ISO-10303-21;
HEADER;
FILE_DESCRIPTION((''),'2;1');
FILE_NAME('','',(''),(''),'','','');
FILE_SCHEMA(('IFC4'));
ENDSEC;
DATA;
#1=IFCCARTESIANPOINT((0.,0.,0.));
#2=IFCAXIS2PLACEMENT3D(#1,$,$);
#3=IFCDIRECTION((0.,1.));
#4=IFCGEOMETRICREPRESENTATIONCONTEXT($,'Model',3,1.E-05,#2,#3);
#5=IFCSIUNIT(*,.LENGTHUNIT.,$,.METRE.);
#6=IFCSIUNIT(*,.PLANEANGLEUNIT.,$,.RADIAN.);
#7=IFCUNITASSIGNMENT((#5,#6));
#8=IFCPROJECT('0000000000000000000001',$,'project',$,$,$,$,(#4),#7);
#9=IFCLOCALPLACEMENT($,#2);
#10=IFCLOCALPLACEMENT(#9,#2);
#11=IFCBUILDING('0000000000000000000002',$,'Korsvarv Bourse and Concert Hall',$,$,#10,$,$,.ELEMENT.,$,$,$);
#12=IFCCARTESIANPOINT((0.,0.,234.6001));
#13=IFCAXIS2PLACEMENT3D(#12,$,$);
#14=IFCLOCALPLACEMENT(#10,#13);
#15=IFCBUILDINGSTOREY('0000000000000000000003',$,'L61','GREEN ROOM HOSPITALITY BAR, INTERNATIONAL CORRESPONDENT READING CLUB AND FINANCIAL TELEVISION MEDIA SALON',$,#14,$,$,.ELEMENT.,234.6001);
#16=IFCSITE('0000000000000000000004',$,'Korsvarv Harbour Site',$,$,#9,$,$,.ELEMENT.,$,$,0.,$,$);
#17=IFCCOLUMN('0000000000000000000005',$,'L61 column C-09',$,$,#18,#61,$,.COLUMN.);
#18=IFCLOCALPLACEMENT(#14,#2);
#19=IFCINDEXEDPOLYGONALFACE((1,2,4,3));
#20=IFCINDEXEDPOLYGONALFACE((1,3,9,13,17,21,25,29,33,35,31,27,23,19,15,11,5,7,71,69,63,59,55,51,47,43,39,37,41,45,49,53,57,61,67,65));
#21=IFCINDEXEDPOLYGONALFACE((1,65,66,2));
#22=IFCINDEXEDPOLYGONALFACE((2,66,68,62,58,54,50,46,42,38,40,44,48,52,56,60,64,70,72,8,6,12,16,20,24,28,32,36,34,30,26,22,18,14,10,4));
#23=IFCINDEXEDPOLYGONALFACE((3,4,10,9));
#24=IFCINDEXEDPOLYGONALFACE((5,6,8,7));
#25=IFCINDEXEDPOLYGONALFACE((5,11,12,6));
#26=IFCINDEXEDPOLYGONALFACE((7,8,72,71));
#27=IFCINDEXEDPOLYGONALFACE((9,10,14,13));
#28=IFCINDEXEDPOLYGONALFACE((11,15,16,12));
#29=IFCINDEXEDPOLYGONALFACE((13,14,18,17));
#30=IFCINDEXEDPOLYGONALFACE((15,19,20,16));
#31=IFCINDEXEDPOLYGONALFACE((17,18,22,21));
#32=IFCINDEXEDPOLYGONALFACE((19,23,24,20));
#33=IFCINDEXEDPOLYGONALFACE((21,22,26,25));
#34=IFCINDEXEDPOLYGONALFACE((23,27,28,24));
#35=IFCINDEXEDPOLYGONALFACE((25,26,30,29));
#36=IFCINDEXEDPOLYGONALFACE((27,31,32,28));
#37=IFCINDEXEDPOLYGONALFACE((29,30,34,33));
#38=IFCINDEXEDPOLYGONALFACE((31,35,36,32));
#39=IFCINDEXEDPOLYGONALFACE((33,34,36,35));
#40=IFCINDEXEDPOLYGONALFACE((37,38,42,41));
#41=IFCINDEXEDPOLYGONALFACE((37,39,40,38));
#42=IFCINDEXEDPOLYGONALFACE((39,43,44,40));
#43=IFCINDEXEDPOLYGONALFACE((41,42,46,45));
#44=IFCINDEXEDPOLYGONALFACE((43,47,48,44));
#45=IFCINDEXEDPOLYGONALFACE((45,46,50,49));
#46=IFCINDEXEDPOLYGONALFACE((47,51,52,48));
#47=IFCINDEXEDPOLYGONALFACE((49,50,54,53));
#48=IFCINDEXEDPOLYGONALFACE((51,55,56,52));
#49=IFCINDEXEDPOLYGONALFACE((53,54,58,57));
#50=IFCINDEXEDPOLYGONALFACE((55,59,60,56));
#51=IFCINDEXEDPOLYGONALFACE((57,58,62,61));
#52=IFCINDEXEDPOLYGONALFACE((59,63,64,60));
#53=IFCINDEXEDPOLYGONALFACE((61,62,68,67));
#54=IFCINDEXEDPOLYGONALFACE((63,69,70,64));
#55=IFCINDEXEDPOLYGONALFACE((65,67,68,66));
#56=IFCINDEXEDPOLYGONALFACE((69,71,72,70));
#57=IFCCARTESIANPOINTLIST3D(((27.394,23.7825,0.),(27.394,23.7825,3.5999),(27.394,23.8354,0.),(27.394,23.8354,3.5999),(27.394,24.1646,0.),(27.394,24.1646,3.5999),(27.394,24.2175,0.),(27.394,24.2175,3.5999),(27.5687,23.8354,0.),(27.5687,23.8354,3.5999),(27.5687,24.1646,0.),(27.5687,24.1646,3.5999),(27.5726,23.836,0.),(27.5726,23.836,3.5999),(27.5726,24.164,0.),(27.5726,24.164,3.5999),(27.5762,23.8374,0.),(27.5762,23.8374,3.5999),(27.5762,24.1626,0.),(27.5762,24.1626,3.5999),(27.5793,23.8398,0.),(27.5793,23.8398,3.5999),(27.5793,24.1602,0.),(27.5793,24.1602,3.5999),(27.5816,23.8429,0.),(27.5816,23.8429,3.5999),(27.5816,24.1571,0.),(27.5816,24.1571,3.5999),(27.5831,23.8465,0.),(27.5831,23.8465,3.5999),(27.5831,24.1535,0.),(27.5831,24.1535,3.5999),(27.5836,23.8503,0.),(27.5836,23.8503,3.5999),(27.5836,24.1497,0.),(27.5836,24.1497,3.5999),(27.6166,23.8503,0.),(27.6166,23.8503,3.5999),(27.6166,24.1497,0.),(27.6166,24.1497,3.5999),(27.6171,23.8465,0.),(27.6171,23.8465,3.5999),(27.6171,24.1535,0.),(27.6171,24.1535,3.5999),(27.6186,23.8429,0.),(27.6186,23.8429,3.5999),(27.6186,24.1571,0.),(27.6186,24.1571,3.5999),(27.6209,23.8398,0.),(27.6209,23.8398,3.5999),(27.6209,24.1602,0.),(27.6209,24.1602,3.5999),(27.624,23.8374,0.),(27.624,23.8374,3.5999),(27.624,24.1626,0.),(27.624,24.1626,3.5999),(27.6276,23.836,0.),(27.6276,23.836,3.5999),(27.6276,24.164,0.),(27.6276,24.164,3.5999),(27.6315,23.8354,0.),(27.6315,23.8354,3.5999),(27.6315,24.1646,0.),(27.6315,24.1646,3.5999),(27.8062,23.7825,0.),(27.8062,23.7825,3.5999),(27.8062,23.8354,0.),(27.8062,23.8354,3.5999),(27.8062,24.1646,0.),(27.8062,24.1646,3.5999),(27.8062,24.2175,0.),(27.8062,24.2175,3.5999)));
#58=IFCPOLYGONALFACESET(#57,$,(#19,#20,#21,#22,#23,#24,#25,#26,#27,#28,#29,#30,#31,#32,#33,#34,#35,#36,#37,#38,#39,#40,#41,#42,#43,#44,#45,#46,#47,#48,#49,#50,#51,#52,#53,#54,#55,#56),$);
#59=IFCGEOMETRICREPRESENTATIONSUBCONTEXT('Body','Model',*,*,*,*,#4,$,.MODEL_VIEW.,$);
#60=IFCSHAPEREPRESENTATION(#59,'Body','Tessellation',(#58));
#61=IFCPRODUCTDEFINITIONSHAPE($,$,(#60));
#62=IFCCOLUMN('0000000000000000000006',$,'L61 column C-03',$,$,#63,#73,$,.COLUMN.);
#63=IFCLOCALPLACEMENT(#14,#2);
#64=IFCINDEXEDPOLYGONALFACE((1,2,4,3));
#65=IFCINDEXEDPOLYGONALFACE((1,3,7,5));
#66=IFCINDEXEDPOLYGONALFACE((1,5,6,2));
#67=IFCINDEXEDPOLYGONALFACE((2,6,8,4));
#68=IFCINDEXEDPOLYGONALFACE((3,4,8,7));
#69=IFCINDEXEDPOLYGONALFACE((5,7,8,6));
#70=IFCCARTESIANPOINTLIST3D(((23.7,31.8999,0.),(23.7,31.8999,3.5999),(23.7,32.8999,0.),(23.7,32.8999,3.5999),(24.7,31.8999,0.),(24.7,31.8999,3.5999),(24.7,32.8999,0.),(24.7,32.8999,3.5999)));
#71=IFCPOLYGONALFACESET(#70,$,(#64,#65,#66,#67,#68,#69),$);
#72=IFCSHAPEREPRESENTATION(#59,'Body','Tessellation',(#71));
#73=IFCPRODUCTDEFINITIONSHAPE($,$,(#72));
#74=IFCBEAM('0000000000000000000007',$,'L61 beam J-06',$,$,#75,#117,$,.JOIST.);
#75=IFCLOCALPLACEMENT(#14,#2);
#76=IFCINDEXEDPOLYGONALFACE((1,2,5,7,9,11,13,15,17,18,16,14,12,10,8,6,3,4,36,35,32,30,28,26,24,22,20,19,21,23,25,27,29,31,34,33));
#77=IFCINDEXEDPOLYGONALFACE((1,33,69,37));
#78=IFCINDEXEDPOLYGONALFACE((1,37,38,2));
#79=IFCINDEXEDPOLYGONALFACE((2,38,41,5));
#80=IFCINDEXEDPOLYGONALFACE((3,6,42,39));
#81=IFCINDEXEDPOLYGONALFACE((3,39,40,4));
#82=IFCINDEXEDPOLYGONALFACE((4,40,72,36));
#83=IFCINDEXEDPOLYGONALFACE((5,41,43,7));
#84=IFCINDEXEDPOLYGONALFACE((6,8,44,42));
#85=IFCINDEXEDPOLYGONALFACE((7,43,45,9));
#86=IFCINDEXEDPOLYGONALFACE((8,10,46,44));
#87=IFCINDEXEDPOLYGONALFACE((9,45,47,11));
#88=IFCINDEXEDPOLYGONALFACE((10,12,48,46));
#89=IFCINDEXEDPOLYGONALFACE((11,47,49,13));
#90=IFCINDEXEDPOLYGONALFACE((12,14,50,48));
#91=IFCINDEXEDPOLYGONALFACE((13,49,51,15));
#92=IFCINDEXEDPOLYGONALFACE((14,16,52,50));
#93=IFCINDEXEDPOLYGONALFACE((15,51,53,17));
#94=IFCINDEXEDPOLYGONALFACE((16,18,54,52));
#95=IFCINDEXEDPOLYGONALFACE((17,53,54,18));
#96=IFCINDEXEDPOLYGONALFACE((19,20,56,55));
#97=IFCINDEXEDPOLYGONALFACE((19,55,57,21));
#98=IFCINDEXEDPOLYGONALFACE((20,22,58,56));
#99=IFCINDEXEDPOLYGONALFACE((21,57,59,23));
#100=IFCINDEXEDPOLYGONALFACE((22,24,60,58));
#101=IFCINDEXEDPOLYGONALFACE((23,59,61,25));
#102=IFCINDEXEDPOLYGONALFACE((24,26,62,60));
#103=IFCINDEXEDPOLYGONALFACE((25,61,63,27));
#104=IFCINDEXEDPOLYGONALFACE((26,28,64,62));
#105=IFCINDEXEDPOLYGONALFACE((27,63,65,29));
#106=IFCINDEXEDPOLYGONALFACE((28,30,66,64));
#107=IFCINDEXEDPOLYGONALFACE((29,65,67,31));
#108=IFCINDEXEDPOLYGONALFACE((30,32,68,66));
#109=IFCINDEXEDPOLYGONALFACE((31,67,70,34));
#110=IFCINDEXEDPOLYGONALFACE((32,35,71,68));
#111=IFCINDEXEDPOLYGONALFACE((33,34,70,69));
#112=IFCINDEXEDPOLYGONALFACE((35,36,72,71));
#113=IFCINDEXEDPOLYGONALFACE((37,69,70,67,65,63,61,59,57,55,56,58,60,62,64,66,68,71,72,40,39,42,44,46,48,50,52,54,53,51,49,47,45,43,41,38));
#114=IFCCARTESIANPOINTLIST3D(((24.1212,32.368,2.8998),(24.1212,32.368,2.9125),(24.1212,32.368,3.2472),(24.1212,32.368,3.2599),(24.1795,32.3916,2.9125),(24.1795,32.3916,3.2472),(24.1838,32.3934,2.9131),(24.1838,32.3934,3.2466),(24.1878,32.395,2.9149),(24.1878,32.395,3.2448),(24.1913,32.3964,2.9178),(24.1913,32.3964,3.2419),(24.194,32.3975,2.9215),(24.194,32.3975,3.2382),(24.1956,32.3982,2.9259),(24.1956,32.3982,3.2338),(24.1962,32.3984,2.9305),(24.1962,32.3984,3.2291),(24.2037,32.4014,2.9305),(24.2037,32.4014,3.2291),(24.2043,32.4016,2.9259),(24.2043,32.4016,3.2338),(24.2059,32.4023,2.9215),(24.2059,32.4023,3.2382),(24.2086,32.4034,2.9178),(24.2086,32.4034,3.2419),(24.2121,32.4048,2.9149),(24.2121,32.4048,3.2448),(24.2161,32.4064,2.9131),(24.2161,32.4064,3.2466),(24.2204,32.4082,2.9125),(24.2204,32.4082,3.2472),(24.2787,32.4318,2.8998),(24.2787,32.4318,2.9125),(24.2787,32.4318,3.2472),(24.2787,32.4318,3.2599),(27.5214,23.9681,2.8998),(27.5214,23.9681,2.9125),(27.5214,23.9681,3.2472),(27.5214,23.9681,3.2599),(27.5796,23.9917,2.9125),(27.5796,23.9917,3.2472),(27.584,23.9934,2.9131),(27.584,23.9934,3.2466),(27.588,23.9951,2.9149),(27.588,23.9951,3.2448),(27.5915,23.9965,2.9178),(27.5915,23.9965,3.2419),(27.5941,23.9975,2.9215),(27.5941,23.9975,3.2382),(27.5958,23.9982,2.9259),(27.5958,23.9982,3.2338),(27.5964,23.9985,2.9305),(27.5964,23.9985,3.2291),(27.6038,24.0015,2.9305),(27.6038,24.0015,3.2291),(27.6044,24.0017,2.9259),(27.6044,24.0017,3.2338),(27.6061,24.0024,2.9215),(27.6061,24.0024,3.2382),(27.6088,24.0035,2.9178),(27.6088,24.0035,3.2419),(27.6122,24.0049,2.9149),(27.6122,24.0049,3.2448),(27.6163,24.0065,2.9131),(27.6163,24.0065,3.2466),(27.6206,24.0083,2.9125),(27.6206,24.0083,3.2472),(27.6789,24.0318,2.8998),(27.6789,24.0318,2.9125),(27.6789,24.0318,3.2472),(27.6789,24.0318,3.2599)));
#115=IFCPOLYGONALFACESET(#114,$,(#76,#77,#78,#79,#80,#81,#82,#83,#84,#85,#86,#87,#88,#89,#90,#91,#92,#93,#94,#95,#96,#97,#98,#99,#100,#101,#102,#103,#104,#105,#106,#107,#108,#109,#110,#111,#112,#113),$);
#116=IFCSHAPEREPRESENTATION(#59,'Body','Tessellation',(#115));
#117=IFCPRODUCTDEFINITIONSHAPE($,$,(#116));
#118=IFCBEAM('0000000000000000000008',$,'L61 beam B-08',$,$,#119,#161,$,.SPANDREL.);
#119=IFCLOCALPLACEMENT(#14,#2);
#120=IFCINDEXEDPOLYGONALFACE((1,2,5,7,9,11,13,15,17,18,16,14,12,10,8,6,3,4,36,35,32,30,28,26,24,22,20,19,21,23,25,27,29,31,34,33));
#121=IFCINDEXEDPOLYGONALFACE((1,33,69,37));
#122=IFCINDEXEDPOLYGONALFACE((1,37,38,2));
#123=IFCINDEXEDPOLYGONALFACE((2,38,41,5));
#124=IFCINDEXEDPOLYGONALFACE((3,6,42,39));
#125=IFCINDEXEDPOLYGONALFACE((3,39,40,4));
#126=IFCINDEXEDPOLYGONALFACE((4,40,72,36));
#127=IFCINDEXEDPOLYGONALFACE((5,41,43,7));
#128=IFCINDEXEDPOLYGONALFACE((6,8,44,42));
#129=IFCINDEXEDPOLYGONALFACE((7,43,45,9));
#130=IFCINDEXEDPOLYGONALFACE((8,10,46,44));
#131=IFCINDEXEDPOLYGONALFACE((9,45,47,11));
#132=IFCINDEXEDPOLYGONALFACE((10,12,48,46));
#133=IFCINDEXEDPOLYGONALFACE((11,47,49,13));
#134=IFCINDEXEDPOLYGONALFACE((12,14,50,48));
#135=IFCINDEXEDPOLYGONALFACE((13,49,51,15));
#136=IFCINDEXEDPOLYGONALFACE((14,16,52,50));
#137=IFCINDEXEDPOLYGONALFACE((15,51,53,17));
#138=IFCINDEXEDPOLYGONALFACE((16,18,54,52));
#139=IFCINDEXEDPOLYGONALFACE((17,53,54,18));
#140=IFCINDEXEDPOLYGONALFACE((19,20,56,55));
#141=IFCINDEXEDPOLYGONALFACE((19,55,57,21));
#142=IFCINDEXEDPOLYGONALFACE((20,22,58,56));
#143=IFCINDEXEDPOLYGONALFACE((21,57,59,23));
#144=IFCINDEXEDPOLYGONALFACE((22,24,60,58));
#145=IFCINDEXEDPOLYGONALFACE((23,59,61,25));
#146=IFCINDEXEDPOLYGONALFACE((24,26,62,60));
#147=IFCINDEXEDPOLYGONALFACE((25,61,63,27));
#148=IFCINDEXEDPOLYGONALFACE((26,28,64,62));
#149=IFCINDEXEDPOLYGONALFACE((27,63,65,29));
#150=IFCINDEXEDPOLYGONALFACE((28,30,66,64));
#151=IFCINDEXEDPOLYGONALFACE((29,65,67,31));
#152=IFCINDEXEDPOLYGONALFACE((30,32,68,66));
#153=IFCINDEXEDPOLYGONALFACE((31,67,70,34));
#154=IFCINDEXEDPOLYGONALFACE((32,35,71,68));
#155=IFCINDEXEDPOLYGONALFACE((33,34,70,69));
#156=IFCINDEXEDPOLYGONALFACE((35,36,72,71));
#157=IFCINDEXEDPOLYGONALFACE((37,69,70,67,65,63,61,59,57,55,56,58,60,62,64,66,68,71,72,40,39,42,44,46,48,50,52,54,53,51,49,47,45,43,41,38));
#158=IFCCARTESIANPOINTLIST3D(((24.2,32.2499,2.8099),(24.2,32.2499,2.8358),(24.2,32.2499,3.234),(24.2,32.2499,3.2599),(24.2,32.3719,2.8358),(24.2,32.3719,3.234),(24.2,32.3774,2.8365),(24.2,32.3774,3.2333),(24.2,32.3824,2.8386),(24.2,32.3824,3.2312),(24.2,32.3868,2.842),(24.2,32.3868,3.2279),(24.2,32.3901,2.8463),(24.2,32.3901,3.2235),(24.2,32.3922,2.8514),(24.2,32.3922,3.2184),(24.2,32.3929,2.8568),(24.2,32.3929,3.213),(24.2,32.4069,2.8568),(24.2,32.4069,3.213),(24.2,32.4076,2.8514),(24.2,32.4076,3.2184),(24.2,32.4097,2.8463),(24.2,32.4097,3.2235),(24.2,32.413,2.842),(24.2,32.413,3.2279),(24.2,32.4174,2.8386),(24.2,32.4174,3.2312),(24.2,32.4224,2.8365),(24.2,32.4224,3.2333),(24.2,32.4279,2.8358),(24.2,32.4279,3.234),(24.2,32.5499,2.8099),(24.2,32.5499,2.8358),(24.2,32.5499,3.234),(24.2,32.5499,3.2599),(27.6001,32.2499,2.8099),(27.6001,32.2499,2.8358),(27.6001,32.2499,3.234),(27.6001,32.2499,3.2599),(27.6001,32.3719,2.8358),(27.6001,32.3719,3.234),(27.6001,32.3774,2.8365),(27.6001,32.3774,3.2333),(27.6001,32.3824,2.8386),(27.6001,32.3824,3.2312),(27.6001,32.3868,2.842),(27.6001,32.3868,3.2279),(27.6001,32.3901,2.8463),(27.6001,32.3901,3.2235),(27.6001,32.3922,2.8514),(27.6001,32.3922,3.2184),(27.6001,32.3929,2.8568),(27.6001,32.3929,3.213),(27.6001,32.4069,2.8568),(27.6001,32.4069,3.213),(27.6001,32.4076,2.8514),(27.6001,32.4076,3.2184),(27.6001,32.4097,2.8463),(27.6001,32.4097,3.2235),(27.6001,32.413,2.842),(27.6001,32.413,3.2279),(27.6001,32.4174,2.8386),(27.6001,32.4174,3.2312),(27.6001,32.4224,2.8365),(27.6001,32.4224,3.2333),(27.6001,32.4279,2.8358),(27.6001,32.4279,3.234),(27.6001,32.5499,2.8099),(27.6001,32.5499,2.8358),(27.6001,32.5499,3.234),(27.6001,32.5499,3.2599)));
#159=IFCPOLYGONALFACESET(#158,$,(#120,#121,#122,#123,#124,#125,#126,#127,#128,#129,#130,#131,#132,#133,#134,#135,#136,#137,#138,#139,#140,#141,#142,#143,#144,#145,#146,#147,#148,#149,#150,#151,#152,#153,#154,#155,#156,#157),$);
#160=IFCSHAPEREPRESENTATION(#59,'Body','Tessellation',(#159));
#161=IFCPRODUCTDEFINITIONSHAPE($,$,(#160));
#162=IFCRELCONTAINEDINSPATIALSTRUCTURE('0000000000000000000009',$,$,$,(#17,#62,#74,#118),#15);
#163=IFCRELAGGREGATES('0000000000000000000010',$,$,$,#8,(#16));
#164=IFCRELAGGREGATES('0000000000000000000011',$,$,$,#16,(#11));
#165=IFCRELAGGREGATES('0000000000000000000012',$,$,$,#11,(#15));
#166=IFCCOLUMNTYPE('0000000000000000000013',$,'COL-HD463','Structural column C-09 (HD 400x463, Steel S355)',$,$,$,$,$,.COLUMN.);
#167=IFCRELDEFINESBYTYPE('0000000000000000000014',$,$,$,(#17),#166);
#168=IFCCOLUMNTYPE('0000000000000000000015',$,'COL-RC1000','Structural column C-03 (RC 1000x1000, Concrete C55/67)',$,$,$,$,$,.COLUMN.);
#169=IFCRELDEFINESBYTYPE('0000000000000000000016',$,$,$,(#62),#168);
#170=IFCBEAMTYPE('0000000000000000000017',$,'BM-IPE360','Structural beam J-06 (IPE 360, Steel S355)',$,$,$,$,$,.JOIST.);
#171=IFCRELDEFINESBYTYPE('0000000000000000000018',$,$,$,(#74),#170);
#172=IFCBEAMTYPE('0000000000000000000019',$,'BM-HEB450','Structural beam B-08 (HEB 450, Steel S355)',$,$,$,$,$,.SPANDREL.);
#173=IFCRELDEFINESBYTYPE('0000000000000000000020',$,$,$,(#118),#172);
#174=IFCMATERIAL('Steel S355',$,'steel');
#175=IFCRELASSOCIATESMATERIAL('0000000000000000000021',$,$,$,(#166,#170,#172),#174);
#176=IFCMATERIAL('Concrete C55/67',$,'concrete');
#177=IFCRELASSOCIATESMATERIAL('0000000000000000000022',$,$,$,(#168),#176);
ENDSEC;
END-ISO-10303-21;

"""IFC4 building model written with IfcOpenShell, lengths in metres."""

from ifc_helpers import new_model, si_unit, direction, frame, origin, origin_2d, place, context, subcontext, project, spatial, rectangle, i_section, extrude, source, transform, mapped, material, material_profile, profile_set, type_object, element, save


model = new_model("IFC4")

# Units and contexts
model_context = context("Model", 3, precision=1e-05, world=origin(), true_north=direction((0.0, 1.0)))
body_context = subcontext(model_context, "Body", "Model", "MODEL_VIEW")
ifc_project = project(units=[si_unit("LENGTHUNIT", "METRE"), si_unit("PLANEANGLEUNIT", "RADIAN")], contexts=[model_context])

# Site, building, storey
site_placement = place(None, origin())
site = spatial("IfcSite", under=ifc_project, at=site_placement, Name="Korsvarv Harbour Site", CompositionType="ELEMENT", RefElevation=0.0)
building_placement = place(site_placement, origin())
building = spatial("IfcBuilding", under=site, at=building_placement, Name="Korsvarv Bourse and Concert Hall", CompositionType="ELEMENT")
storey_placement = place(building_placement, frame((0.0, 0.0, 234.6001)))
storey = spatial("IfcBuildingStorey", under=building, at=storey_placement, Name="L61", Description="GREEN ROOM HOSPITALITY BAR, INTERNATIONAL CORRESPONDENT READING CLUB AND FINANCIAL TELEVISION MEDIA SALON", CompositionType="ELEMENT", Elevation=234.6001)

# Columns
ifc_material_1 = material(Name="Steel S355", Category="steel")
ifc_material_profile_1 = material_profile(ifc_material_1, i_section(OverallWidth=0.4121, OverallDepth=0.4351, WebThickness=0.033, FlangeThickness=0.053, FilletRadius=0.0149, at=origin_2d()), Name="HD 400x463")
ifc_profile_set_1 = profile_set([ifc_material_profile_1], Name="Steel S355")
column_type_1 = type_object("IfcColumnType", Name="COL-HD463", Description="Structural column C-09 (HD 400x463, Steel S355)", PredefinedType="COLUMN", material=ifc_profile_set_1)
shared_shape_1 = source(origin(), body_context, "Body", "SweptSolid", [
    extrude(i_section(OverallWidth=0.4121, OverallDepth=0.4351, WebThickness=0.033, FlangeThickness=0.053, FilletRadius=0.0149, at=origin_2d()), origin(), (0.0, 0.0, 1.0), 3.5999),
])
column_1_placement = place(storey_placement, frame((27.6001, 24.0, 0.0), z_axis=(0.0, 0.0, 1.0), x_axis=(1.0, 0.0, 0.0)))
element("IfcColumn", 1, at=column_1_placement, inside=storey, type_object=column_type_1, Name="L61 column C-09", PredefinedType="COLUMN", context=body_context, shape_type="MappedRepresentation", body=[
    mapped(shared_shape_1, transform((0.0, 0.0, 0.0), scale=1.0)),
])
ifc_material_2 = material(Name="Concrete C55/67", Category="concrete")
ifc_material_profile_2 = material_profile(ifc_material_2, rectangle(XDim=1.0, YDim=1.0, at=origin_2d()), Name="RC 1000x1000")
ifc_profile_set_2 = profile_set([ifc_material_profile_2], Name="Concrete C55/67")
column_type_2 = type_object("IfcColumnType", Name="COL-RC1000", Description="Structural column C-03 (RC 1000x1000, Concrete C55/67)", PredefinedType="COLUMN", material=ifc_profile_set_2)
shared_shape_2 = source(origin(), body_context, "Body", "SweptSolid", [
    extrude(rectangle(XDim=1.0, YDim=1.0, at=origin_2d()), origin(), (0.0, 0.0, 1.0), 3.5999),
])
column_2_placement = place(storey_placement, frame((24.2, 32.3999, 0.0), z_axis=(0.0, 0.0, 1.0), x_axis=(1.0, 0.0, 0.0)))
element("IfcColumn", 2, at=column_2_placement, inside=storey, type_object=column_type_2, Name="L61 column C-03", PredefinedType="COLUMN", context=body_context, shape_type="MappedRepresentation", body=[
    mapped(shared_shape_2, transform((0.0, 0.0, 0.0), scale=1.0)),
])

# Beams
ifc_material_profile_3 = material_profile(ifc_material_1, i_section(OverallWidth=0.1699, OverallDepth=0.3601, WebThickness=0.0081, FlangeThickness=0.0127, FilletRadius=0.0181, at=origin_2d()), Name="IPE 360")
ifc_profile_set_3 = profile_set([ifc_material_profile_3], Name="Steel S355")
beam_type_1 = type_object("IfcBeamType", Name="BM-IPE360", Description="Structural beam J-06 (IPE 360, Steel S355)", PredefinedType="JOIST", material=ifc_profile_set_3)
shared_shape_3 = source(origin(), body_context, "Body", "SweptSolid", [
    extrude(i_section(OverallWidth=0.1699, OverallDepth=0.3601, WebThickness=0.0081, FlangeThickness=0.0127, FilletRadius=0.0181, at=origin_2d()), origin(), (0.0, 0.0, 1.0), 9.062),
])
beam_1_placement = place(storey_placement, frame((24.2, 32.3999, 3.0798), z_axis=(0.37521, -0.92694, 0.0), x_axis=(0.92694, 0.37521, 0.0)))
element("IfcBeam", 3, at=beam_1_placement, inside=storey, type_object=beam_type_1, Name="L61 beam J-06", PredefinedType="JOIST", context=body_context, shape_type="MappedRepresentation", body=[
    mapped(shared_shape_3, transform((0.0, 0.0, 0.0), scale=1.0)),
])
ifc_material_profile_4 = material_profile(ifc_material_1, i_section(OverallWidth=0.3, OverallDepth=0.45, WebThickness=0.0139, FlangeThickness=0.0259, FilletRadius=0.021, at=origin_2d()), Name="HEB 450")
ifc_profile_set_4 = profile_set([ifc_material_profile_4], Name="Steel S355")
beam_type_2 = type_object("IfcBeamType", Name="BM-HEB450", Description="Structural beam B-08 (HEB 450, Steel S355)", PredefinedType="SPANDREL", material=ifc_profile_set_4)
shared_shape_4 = source(origin(), body_context, "Body", "SweptSolid", [
    extrude(i_section(OverallWidth=0.3, OverallDepth=0.45, WebThickness=0.0139, FlangeThickness=0.0259, FilletRadius=0.021, at=origin_2d()), origin(), (0.0, 0.0, 1.0), 3.4001),
])
beam_2_placement = place(storey_placement, frame((24.2, 32.3999, 3.0349), z_axis=(1.0, 0.0, 0.0), x_axis=(0.0, 1.0, 0.0)))
element("IfcBeam", 4, at=beam_2_placement, inside=storey, type_object=beam_type_2, Name="L61 beam B-08", PredefinedType="SPANDREL", context=body_context, shape_type="MappedRepresentation", body=[
    mapped(shared_shape_4, transform((0.0, 0.0, 0.0), scale=1.0)),
])

save(model, "model.ifc")
